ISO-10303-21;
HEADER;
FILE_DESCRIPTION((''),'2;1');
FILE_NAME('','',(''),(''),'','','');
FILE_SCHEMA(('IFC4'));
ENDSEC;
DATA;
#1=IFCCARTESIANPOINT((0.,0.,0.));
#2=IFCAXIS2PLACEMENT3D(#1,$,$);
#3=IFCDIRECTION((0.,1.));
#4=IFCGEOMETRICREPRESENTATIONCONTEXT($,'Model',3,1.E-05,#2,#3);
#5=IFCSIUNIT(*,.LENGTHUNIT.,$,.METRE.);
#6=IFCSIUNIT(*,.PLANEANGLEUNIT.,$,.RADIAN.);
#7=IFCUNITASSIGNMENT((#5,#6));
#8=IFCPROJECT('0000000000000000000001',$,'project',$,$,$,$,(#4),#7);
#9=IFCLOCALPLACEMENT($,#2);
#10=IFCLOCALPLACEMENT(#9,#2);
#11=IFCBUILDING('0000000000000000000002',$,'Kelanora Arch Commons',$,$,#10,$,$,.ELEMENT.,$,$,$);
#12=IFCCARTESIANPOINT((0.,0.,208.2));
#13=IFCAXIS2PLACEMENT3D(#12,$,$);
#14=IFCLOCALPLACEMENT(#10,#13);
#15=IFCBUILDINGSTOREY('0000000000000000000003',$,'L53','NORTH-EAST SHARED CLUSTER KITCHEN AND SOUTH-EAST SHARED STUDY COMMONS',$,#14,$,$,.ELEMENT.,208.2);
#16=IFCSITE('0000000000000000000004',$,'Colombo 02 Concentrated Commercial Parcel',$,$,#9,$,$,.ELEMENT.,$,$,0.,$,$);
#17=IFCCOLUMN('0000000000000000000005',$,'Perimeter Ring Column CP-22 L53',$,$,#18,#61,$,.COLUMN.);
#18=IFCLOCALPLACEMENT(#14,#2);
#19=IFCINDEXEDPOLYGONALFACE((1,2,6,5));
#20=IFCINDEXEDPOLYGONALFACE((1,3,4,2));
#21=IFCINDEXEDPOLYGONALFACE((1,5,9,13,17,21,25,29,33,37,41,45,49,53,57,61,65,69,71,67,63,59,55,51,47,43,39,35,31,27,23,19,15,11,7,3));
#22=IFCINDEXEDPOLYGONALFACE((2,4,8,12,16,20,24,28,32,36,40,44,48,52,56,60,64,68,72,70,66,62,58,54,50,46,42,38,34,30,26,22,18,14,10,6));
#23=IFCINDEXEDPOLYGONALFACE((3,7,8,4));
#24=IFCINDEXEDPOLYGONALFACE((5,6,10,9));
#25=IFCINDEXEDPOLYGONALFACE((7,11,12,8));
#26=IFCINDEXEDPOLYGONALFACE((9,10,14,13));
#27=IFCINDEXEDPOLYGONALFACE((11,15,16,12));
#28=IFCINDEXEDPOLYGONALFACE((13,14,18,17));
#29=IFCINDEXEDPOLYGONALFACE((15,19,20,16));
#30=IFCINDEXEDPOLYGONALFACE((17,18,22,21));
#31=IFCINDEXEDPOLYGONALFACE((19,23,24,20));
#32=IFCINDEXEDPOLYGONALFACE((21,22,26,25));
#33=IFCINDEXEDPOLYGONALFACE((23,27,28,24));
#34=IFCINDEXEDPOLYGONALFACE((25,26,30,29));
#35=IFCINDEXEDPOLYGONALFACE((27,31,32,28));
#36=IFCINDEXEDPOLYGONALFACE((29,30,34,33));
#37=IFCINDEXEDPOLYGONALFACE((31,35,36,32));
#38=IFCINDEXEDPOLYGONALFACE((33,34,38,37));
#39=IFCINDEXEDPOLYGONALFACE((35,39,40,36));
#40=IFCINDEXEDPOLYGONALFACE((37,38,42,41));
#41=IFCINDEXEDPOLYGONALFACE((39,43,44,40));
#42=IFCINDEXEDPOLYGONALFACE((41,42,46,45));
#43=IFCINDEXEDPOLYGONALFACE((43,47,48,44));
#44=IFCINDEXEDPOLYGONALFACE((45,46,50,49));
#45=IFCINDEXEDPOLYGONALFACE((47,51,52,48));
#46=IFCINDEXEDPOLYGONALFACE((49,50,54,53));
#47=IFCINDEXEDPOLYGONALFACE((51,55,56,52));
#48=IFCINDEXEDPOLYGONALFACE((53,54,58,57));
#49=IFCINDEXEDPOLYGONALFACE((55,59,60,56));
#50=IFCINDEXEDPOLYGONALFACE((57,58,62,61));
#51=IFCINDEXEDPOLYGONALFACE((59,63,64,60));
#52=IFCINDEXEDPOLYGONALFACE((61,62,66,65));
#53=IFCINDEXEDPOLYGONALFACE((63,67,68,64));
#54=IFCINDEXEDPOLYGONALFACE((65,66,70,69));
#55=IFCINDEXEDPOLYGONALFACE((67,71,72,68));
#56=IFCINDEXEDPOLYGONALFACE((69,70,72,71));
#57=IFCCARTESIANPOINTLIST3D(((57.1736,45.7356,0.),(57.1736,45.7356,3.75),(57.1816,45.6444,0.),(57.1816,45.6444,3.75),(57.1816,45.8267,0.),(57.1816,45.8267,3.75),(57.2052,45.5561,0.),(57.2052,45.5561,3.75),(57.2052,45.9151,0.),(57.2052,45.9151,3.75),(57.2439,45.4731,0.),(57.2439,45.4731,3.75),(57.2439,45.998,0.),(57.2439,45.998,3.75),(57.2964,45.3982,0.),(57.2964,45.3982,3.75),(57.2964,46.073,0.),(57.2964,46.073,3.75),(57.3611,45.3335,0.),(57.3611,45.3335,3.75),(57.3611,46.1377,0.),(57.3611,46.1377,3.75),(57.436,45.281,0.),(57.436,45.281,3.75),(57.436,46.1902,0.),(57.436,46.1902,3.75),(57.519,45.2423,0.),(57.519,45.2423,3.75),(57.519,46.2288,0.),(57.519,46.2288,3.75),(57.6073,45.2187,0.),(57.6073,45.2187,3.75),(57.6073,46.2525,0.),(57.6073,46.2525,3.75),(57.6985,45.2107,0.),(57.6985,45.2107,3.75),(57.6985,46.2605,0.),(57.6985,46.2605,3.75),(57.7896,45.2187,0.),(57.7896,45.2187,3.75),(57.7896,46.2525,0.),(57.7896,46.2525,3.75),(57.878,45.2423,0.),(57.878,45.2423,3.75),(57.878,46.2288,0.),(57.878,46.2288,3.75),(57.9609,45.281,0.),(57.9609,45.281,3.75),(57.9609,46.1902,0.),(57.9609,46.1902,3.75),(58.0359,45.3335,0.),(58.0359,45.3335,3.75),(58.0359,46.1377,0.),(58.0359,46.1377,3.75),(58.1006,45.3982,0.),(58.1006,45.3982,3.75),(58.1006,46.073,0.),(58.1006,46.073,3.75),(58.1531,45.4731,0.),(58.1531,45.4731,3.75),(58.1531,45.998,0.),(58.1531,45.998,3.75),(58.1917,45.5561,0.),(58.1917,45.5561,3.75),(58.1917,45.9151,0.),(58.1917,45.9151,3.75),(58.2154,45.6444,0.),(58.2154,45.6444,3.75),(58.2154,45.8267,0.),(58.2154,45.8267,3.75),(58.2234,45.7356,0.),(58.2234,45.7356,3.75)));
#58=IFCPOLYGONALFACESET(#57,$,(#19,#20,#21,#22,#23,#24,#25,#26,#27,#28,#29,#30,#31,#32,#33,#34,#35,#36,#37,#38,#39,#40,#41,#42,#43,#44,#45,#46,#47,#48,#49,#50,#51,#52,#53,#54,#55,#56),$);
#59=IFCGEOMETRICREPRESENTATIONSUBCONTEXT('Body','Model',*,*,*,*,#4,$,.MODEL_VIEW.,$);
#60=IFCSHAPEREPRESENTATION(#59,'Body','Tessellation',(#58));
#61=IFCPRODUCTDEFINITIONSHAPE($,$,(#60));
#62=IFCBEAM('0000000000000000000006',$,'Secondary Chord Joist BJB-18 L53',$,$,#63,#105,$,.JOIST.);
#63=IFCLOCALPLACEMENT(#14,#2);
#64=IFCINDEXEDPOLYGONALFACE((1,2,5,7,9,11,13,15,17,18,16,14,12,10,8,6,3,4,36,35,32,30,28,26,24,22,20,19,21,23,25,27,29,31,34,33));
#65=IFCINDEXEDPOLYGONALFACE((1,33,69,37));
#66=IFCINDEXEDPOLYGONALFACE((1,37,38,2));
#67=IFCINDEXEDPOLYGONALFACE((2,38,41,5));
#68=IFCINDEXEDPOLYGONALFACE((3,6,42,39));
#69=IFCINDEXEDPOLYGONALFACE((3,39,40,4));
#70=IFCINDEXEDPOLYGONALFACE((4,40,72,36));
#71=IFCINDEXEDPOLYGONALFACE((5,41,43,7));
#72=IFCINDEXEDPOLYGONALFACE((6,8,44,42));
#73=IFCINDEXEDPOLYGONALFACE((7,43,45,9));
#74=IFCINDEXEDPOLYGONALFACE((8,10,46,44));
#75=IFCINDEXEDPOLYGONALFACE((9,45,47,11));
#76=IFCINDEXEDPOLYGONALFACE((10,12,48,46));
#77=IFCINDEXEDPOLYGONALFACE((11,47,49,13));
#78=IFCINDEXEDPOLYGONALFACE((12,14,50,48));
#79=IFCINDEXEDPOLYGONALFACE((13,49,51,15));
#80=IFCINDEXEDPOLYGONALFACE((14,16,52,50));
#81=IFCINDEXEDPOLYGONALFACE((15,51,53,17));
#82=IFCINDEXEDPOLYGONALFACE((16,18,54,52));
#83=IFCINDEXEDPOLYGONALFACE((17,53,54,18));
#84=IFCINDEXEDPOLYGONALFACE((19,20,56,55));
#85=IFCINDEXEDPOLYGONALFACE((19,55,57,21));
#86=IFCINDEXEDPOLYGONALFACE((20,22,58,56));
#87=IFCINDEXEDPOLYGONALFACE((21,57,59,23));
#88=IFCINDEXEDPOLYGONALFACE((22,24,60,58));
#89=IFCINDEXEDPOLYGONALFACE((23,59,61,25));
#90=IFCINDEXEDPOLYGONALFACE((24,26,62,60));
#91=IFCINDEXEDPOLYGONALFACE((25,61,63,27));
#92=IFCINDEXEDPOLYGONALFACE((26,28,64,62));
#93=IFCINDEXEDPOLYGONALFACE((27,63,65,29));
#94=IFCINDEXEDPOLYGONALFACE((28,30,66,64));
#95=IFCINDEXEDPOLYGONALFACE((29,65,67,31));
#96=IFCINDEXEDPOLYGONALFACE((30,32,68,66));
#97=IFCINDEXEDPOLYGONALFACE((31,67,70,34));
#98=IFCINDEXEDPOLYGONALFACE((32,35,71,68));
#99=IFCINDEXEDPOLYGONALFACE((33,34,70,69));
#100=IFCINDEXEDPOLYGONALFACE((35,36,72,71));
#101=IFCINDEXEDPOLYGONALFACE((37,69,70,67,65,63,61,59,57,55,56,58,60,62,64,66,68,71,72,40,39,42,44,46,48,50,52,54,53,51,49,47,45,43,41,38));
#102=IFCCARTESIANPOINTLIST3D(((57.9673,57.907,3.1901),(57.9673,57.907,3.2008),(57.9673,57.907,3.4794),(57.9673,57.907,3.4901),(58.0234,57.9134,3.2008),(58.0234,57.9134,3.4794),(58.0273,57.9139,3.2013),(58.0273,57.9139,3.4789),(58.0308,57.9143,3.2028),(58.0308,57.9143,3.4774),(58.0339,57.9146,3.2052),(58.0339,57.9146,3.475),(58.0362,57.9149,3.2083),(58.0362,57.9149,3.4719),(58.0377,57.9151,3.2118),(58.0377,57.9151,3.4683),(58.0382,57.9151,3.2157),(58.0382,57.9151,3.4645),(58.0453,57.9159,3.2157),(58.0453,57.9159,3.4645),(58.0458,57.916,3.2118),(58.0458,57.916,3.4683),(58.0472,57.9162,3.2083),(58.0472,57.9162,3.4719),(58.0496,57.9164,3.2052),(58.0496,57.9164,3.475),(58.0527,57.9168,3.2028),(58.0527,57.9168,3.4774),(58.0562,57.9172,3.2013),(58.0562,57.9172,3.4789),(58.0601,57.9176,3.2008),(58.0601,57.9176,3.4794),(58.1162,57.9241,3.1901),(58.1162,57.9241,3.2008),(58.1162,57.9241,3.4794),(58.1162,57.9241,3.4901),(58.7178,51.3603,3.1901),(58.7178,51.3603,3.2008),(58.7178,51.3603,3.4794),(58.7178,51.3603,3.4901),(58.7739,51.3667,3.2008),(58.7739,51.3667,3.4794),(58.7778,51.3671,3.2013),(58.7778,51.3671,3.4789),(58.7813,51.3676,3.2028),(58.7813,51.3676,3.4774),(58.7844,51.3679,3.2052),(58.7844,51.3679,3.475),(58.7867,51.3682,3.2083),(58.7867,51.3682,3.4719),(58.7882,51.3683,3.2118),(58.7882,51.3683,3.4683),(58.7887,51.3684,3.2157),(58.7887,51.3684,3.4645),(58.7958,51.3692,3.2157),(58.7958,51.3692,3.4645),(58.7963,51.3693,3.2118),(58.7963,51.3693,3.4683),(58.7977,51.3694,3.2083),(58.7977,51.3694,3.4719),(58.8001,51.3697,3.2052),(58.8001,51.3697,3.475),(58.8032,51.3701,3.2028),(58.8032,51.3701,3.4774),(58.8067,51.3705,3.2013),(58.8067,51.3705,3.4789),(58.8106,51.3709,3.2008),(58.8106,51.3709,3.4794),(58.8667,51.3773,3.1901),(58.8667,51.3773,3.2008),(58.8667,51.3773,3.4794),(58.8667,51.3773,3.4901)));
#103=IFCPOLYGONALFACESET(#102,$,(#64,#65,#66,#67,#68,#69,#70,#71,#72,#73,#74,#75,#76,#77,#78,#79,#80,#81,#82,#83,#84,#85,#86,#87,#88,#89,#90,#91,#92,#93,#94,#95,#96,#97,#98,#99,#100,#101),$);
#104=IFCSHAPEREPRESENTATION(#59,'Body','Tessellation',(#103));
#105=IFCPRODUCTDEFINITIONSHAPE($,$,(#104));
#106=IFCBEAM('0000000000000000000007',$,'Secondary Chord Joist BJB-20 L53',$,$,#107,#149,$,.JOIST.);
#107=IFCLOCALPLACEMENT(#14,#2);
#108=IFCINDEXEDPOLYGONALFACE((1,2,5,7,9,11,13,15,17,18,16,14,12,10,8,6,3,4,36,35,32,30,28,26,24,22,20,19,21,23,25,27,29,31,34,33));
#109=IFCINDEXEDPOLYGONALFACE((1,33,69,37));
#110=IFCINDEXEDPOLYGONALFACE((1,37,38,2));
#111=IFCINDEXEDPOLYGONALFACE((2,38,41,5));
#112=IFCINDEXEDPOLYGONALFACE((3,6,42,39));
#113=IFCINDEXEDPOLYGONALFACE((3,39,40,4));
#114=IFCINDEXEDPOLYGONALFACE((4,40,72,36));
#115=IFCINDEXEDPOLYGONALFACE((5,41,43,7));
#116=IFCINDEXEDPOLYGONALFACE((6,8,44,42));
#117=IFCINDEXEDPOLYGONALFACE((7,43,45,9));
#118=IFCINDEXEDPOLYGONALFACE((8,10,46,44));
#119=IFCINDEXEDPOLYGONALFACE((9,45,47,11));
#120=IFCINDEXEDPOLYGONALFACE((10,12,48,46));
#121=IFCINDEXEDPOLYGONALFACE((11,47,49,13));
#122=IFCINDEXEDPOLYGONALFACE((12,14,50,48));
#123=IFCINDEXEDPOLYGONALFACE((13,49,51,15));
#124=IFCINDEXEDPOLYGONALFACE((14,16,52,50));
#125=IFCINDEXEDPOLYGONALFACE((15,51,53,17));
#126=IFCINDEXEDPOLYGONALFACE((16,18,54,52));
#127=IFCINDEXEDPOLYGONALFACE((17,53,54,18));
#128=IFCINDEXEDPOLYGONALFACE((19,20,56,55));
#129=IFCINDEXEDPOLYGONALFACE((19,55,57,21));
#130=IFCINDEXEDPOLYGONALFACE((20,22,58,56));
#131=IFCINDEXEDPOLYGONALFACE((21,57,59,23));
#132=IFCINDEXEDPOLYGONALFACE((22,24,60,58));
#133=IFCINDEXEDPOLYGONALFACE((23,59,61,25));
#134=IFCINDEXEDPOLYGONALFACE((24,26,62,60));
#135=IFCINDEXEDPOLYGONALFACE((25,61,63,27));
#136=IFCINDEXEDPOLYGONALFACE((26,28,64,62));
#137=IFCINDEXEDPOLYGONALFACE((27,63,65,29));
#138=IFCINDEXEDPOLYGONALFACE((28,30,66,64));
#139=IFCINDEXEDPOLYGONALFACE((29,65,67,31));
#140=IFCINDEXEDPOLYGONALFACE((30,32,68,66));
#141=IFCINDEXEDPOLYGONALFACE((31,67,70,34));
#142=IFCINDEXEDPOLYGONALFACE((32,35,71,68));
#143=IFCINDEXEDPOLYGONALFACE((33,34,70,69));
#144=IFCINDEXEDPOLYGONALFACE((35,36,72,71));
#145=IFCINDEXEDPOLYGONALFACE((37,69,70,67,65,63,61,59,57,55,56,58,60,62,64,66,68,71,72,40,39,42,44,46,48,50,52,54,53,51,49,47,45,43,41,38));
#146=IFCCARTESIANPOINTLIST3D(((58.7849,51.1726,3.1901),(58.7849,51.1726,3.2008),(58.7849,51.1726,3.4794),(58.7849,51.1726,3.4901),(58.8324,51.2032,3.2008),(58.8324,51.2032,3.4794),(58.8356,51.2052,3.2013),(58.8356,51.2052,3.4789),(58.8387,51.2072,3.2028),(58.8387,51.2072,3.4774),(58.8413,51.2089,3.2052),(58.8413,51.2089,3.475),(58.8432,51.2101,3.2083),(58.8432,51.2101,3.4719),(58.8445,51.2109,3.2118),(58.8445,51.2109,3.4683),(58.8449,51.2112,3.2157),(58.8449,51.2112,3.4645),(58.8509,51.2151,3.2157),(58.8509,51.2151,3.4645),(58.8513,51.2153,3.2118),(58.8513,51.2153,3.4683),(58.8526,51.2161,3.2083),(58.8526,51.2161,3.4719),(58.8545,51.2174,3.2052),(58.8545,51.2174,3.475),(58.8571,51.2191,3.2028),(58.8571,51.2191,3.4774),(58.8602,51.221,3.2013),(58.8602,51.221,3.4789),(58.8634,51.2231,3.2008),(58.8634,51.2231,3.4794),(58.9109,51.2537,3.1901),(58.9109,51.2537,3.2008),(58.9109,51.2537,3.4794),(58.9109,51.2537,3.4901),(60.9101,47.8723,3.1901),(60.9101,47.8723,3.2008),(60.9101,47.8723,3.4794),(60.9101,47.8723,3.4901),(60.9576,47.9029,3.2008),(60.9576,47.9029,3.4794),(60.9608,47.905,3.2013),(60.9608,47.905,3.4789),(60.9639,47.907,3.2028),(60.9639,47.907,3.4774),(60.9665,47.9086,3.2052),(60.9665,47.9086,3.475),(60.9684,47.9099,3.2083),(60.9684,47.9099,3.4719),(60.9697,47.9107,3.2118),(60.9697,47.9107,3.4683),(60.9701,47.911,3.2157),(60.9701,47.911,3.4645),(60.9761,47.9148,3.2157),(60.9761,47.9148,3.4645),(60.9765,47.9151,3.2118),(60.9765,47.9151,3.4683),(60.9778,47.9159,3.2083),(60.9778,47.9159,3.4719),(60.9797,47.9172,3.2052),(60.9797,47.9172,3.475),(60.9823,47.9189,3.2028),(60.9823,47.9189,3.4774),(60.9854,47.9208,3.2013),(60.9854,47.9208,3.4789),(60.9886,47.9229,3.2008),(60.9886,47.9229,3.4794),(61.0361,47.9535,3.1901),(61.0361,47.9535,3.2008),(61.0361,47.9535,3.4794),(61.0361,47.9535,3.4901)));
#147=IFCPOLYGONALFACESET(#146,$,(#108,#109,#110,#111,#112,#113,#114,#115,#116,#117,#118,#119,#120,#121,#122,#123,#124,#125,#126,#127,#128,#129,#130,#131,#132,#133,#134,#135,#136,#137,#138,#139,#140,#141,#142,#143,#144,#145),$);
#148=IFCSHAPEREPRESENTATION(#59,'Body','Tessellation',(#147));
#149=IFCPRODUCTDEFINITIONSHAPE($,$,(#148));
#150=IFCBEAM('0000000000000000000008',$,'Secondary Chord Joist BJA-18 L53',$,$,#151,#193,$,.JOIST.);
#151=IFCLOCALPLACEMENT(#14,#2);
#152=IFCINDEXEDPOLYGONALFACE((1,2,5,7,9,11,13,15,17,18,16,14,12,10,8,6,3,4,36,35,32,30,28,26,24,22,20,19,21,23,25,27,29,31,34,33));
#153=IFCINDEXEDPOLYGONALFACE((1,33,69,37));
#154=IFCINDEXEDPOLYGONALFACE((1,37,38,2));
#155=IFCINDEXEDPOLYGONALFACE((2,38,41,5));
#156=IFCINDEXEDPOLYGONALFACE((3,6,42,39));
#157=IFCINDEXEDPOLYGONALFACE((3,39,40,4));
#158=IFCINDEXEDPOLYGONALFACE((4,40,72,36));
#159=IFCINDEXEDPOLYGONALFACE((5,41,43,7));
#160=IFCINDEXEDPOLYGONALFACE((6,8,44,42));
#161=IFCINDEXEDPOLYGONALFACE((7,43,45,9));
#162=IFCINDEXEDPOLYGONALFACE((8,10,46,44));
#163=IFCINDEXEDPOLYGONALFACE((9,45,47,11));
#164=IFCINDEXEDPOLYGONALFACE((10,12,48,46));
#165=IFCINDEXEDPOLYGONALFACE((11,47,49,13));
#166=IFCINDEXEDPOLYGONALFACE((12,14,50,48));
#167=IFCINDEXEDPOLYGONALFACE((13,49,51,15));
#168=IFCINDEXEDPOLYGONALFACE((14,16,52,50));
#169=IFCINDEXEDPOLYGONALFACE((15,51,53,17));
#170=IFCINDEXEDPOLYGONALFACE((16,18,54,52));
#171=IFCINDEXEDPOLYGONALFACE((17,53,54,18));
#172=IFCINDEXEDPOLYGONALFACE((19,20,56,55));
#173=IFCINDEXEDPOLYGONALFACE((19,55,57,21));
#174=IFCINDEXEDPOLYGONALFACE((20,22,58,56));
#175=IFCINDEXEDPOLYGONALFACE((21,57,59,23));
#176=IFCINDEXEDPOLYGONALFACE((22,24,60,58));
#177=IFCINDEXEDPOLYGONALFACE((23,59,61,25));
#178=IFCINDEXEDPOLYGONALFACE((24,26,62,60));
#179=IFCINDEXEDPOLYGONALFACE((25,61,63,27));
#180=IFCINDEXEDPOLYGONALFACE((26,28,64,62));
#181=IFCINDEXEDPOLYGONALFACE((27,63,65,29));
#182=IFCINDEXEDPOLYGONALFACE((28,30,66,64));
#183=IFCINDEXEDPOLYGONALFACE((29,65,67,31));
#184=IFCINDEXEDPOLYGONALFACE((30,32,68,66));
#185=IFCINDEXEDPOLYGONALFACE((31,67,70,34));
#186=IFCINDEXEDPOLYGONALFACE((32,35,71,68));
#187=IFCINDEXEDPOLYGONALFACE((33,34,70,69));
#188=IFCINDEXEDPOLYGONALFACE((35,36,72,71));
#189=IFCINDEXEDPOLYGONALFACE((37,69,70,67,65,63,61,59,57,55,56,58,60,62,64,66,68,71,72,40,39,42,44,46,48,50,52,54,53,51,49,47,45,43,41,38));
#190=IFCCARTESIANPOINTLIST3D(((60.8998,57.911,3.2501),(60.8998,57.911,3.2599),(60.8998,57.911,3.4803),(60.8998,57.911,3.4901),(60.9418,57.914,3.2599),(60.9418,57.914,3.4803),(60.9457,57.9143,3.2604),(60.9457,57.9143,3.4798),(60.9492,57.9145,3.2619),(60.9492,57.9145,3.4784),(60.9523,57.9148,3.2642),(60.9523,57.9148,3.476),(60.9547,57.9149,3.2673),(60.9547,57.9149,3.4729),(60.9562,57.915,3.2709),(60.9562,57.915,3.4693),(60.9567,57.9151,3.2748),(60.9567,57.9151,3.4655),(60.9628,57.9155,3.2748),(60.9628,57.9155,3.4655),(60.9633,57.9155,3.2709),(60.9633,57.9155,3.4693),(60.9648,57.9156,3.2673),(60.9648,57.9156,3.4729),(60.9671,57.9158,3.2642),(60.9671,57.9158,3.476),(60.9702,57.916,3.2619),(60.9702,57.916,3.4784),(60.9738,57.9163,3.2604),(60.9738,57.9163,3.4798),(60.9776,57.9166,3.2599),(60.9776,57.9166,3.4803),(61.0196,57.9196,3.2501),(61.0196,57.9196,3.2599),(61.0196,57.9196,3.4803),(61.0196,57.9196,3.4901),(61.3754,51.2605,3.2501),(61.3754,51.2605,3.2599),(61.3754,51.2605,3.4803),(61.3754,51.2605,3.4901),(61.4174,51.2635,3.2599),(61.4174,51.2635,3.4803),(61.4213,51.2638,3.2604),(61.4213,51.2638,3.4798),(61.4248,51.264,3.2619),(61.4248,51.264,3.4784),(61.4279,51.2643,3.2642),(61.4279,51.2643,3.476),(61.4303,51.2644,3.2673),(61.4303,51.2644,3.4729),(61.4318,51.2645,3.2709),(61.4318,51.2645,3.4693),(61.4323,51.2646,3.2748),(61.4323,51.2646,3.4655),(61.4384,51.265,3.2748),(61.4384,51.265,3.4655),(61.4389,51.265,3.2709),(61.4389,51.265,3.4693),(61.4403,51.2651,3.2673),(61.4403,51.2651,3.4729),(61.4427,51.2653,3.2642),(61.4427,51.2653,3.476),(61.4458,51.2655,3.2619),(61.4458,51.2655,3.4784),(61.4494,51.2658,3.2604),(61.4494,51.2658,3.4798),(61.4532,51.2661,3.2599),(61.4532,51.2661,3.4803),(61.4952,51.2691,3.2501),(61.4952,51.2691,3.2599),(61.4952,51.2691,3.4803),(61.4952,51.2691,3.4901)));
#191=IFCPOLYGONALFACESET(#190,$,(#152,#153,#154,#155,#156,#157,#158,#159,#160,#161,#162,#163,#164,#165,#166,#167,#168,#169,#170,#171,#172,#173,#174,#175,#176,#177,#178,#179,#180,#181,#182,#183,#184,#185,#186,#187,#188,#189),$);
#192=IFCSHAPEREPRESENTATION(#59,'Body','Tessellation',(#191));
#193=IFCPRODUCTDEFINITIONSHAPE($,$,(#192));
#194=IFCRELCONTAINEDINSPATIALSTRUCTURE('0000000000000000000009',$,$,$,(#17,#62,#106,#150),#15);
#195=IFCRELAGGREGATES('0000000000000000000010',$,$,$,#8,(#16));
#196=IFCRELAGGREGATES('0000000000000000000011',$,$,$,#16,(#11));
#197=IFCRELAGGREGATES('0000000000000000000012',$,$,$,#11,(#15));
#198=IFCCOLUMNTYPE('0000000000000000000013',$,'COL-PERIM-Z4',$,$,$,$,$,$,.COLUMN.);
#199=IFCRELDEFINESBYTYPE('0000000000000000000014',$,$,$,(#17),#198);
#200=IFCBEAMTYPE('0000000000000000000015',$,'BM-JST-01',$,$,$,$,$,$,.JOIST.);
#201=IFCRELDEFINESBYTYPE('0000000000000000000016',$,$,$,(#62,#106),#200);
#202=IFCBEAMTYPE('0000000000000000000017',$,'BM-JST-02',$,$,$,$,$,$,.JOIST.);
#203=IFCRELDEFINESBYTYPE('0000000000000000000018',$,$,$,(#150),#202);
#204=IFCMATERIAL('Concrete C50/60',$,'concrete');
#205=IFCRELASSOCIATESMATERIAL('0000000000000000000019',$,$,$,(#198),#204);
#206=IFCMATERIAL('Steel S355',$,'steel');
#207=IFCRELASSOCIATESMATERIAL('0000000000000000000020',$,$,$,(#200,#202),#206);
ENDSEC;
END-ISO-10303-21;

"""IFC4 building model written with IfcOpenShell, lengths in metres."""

from ifc_helpers import new_model, si_unit, direction, frame, origin, origin_2d, place, context, subcontext, project, spatial, circle, i_section, extrude, material, material_profile, profile_set, type_object, element, save


model = new_model("IFC4")

# Units and contexts
model_context = context("Model", 3, precision=1e-05, world=origin(), true_north=direction((0.0, 1.0)))
body_context = subcontext(model_context, "Body", "Model", "MODEL_VIEW")
ifc_project = project(units=[si_unit("LENGTHUNIT", "METRE"), si_unit("PLANEANGLEUNIT", "RADIAN")], contexts=[model_context])

# Site, building, storey
site_placement = place(None, origin())
site = spatial("IfcSite", under=ifc_project, at=site_placement, Name="Colombo 02 Concentrated Commercial Parcel", CompositionType="ELEMENT", RefElevation=0.0)
building_placement = place(site_placement, origin())
building = spatial("IfcBuilding", under=site, at=building_placement, Name="Kelanora Arch Commons", CompositionType="ELEMENT")
storey_placement = place(building_placement, frame((0.0, 0.0, 208.2)))
storey = spatial("IfcBuildingStorey", under=building, at=storey_placement, Name="L53", Description="NORTH-EAST SHARED CLUSTER KITCHEN AND SOUTH-EAST SHARED STUDY COMMONS", CompositionType="ELEMENT", Elevation=208.2)

# Column
ifc_material_1 = material(Name="Concrete C50/60", Category="concrete")
ifc_material_profile_1 = material_profile(ifc_material_1, circle(Radius=0.5249, at=origin_2d()), Name="RCC1050")
ifc_profile_set_1 = profile_set([ifc_material_profile_1], Name="Concrete C50/60")
column_type = type_object("IfcColumnType", Name="COL-PERIM-Z4", PredefinedType="COLUMN", material=ifc_profile_set_1)
column_placement = place(storey_placement, frame((57.6985, 45.7356, 0.0), z_axis=(0.0, 0.0, 1.0), x_axis=(1.0, 0.0, 0.0)))
element("IfcColumn", 1, at=column_placement, inside=storey, type_object=column_type, Name="Perimeter Ring Column CP-22 L53", PredefinedType="COLUMN", context=body_context, shape_type="SweptSolid", body=[
    extrude(circle(Radius=0.5249, at=origin_2d()), origin(), (0.0, 0.0, 1.0), 3.75),
])

# Beams
ifc_material_2 = material(Name="Steel S355", Category="steel")
ifc_material_profile_2 = material_profile(ifc_material_2, i_section(OverallWidth=0.1499, OverallDepth=0.3, WebThickness=0.0071, FlangeThickness=0.0107, FilletRadius=0.0149, at=origin_2d()), Name="IPE300")
ifc_profile_set_2 = profile_set([ifc_material_profile_2], Name="Steel S355")
beam_type_1 = type_object("IfcBeamType", Name="BM-JST-01", PredefinedType="JOIST", material=ifc_profile_set_2)
beam_1_placement = place(storey_placement, frame((58.0417, 57.9155, 3.3401), z_axis=(0.113891, -0.993493, 0.0), x_axis=(0.993493, 0.113891, 0.0)))
element("IfcBeam", 2, at=beam_1_placement, inside=storey, type_object=beam_type_1, Name="Secondary Chord Joist BJB-18 L53", PredefinedType="JOIST", context=body_context, shape_type="SweptSolid", body=[
    extrude(i_section(OverallWidth=0.1499, OverallDepth=0.3, WebThickness=0.0071, FlangeThickness=0.0107, FilletRadius=0.0149, at=origin_2d()), origin(), (0.0, 0.0, 1.0), 6.5896),
])
beam_2_placement = place(storey_placement, frame((58.8479, 51.2131, 3.3401), z_axis=(0.541411, -0.840758, 0.0), x_axis=(0.840758, 0.541411, 0.0)))
element("IfcBeam", 3, at=beam_2_placement, inside=storey, type_object=beam_type_1, Name="Secondary Chord Joist BJB-20 L53", PredefinedType="JOIST", context=body_context, shape_type="SweptSolid", body=[
    extrude(i_section(OverallWidth=0.1499, OverallDepth=0.3, WebThickness=0.0071, FlangeThickness=0.0107, FilletRadius=0.0149, at=origin_2d()), origin(), (0.0, 0.0, 1.0), 3.9253),
])
ifc_material_profile_3 = material_profile(ifc_material_2, i_section(OverallWidth=0.1201, OverallDepth=0.24, WebThickness=0.0061, FlangeThickness=0.0098, FilletRadius=0.0149, at=origin_2d()), Name="IPE240")
ifc_profile_set_3 = profile_set([ifc_material_profile_3], Name="Steel S355")
beam_type_2 = type_object("IfcBeamType", Name="BM-JST-02", PredefinedType="JOIST", material=ifc_profile_set_3)
beam_3_placement = place(storey_placement, frame((60.9597, 57.9153, 3.3701), z_axis=(0.07133, -0.997453, 0.0), x_axis=(0.997453, 0.07133, 0.0)))
element("IfcBeam", 4, at=beam_3_placement, inside=storey, type_object=beam_type_2, Name="Secondary Chord Joist BJA-18 L53", PredefinedType="JOIST", context=body_context, shape_type="SweptSolid", body=[
    extrude(i_section(OverallWidth=0.1201, OverallDepth=0.24, WebThickness=0.0061, FlangeThickness=0.0098, FilletRadius=0.0149, at=origin_2d()), origin(), (0.0, 0.0, 1.0), 6.6675),
])

save(model, "model.ifc")
